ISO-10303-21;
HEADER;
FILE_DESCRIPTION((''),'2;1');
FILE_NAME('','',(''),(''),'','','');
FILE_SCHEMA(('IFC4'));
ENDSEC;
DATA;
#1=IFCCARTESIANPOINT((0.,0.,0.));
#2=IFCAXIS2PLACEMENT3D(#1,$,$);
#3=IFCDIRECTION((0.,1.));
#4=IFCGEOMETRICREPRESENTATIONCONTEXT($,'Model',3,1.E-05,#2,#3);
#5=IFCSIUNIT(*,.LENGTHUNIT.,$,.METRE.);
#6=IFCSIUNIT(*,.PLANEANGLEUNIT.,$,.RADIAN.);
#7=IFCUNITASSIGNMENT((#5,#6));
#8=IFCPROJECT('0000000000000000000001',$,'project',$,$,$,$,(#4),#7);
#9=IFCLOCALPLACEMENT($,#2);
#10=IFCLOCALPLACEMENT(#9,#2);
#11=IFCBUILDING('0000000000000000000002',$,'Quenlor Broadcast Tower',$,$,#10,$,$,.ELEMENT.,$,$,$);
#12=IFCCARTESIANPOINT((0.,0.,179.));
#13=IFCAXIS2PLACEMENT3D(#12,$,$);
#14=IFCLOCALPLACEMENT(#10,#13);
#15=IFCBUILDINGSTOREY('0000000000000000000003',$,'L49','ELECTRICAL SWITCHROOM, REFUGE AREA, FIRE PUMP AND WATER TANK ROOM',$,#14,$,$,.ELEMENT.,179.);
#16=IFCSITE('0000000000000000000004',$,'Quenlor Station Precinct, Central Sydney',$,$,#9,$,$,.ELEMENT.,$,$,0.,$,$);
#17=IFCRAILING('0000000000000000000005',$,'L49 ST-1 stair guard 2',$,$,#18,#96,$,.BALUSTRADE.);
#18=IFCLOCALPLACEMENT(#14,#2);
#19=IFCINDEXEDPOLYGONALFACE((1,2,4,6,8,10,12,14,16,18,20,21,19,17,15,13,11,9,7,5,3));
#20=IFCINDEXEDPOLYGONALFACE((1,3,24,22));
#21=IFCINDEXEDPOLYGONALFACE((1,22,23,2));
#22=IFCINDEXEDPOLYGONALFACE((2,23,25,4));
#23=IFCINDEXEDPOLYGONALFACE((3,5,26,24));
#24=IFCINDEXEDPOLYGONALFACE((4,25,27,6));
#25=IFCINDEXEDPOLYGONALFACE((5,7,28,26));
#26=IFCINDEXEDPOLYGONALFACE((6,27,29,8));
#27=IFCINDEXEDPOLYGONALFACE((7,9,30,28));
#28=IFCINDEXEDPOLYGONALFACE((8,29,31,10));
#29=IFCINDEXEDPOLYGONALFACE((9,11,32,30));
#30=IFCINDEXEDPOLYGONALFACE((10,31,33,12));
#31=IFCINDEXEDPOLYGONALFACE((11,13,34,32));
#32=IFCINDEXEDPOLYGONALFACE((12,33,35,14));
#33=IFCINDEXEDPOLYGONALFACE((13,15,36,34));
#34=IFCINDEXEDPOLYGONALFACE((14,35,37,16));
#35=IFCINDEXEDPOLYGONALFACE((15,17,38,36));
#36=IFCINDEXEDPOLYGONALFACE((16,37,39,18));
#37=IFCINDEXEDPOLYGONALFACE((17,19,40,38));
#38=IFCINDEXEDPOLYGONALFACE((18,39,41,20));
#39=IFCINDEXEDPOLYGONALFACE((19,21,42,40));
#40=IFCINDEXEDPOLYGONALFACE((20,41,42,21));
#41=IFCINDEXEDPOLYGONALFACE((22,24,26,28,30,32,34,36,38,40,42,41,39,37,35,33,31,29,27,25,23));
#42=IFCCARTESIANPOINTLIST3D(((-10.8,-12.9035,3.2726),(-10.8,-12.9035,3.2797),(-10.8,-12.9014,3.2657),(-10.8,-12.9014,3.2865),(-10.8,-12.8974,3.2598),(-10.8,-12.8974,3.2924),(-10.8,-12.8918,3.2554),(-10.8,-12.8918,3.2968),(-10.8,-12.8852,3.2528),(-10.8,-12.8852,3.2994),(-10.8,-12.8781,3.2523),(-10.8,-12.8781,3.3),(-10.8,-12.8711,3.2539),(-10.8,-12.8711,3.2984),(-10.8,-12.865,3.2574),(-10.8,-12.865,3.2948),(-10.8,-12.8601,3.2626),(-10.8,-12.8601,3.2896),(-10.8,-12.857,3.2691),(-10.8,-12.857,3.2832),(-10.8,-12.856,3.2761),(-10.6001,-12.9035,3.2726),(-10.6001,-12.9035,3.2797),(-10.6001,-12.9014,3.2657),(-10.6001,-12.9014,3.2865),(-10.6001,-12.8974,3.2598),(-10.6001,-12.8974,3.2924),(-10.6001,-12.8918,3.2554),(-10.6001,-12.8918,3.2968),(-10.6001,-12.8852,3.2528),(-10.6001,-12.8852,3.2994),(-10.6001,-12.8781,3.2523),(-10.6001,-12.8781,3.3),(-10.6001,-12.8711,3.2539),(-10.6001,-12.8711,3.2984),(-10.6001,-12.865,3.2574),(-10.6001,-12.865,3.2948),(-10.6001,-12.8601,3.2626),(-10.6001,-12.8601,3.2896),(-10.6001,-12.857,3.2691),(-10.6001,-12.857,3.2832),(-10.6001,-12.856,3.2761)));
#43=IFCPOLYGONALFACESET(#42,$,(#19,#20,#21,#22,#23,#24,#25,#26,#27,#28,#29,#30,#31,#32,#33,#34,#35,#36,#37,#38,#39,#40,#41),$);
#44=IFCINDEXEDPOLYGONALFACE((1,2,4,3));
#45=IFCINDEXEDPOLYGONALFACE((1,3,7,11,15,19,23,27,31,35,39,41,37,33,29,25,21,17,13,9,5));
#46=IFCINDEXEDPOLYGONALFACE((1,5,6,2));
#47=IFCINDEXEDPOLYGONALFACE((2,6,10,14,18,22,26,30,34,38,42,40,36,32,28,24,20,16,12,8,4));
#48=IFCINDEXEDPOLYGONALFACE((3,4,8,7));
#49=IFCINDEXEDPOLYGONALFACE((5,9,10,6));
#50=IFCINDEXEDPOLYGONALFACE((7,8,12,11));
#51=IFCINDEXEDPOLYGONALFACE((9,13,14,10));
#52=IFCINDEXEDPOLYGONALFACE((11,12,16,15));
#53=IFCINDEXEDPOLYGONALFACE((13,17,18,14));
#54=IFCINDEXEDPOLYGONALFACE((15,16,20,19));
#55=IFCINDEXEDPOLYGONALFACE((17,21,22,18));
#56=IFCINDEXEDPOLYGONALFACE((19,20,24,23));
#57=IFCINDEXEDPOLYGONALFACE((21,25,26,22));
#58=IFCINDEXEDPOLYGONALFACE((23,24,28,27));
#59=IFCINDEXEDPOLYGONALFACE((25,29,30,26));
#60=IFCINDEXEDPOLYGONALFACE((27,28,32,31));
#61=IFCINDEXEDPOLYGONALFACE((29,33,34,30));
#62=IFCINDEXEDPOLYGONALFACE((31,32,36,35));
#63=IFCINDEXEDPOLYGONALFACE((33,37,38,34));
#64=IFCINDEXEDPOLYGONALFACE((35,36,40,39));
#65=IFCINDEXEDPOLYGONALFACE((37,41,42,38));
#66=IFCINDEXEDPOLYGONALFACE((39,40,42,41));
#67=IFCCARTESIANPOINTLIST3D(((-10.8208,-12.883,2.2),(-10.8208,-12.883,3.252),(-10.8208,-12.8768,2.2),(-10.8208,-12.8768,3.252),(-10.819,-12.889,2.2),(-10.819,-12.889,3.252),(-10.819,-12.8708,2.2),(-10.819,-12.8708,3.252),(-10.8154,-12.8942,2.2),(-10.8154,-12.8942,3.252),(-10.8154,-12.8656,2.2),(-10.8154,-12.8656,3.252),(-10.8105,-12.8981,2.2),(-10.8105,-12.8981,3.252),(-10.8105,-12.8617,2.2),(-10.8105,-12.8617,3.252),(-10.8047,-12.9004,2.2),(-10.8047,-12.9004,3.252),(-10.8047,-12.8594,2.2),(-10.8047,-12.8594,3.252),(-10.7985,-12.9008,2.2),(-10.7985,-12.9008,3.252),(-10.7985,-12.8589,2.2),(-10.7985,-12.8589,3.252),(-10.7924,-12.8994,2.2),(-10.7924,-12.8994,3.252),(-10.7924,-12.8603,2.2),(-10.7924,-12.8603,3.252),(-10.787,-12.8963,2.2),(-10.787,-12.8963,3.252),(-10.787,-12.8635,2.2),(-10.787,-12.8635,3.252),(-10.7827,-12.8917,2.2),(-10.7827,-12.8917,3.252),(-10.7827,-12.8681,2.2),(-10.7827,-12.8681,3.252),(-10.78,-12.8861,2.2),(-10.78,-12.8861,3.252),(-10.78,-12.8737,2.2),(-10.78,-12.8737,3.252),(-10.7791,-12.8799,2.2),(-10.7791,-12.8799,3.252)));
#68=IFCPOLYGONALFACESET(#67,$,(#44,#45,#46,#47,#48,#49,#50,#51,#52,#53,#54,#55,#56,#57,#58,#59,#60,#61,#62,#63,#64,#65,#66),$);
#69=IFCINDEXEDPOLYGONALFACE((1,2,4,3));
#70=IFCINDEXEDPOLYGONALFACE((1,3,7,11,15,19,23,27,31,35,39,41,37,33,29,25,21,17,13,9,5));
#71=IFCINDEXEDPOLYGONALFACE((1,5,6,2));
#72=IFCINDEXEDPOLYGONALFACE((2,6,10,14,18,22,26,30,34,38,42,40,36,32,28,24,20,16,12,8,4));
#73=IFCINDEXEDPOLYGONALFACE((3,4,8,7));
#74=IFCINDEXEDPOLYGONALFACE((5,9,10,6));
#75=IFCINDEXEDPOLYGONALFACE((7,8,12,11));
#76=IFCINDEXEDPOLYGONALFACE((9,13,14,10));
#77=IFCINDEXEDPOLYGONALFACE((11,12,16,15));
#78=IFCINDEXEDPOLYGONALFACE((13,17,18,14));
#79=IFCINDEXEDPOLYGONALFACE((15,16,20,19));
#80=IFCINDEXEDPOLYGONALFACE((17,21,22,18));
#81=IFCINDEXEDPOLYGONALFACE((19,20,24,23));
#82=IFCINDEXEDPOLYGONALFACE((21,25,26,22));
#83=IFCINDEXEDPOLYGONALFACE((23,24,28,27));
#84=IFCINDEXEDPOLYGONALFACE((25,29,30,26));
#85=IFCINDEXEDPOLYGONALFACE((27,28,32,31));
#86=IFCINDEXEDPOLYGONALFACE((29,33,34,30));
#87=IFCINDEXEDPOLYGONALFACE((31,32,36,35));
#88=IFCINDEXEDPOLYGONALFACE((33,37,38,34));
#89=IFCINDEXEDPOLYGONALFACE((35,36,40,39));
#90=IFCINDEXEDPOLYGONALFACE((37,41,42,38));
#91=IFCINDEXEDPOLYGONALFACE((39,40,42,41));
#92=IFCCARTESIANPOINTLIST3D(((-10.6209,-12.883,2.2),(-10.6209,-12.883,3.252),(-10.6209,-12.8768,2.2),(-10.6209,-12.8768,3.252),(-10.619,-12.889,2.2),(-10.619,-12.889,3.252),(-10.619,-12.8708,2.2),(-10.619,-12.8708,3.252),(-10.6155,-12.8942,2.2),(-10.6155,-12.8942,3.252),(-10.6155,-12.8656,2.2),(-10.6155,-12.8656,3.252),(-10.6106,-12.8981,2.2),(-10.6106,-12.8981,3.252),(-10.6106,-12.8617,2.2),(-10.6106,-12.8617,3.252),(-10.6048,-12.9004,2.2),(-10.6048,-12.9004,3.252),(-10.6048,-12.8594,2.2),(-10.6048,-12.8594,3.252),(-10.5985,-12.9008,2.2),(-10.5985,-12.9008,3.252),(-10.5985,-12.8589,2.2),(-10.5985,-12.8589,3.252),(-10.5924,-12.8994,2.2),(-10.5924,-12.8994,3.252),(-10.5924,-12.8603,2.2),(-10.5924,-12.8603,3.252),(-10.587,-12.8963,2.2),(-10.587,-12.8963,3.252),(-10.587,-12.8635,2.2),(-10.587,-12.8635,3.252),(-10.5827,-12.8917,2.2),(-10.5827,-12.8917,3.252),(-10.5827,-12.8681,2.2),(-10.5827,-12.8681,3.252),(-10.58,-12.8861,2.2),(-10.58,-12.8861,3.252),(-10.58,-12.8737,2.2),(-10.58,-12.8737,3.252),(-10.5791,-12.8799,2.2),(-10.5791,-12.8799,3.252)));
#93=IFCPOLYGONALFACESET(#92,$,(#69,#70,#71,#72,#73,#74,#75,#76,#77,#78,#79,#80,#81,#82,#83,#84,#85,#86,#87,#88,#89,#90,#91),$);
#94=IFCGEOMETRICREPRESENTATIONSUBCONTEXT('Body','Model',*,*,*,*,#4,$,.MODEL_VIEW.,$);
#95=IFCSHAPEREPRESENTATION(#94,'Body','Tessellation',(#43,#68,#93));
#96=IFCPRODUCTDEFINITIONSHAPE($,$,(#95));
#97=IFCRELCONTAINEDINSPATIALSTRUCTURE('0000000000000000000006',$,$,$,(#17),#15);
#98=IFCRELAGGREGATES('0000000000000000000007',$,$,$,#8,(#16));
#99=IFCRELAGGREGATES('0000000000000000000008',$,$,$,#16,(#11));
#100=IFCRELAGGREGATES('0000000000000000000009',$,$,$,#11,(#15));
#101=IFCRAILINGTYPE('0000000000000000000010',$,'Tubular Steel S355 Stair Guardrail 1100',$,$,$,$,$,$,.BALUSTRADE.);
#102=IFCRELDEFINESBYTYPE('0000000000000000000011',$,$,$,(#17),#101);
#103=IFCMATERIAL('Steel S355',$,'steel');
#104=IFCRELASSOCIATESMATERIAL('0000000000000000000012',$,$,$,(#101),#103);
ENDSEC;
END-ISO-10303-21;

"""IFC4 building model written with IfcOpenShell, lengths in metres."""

from ifc_helpers import new_model, si_unit, direction, frame, origin, origin_2d, place, context, subcontext, project, spatial, circle, extrude, material, type_object, element, save


model = new_model("IFC4")

# Units and contexts
model_context = context("Model", 3, precision=1e-05, world=origin(), true_north=direction((0.0, 1.0)))
body_context = subcontext(model_context, "Body", "Model", "MODEL_VIEW")
ifc_project = project(units=[si_unit("LENGTHUNIT", "METRE"), si_unit("PLANEANGLEUNIT", "RADIAN")], contexts=[model_context])

# Site, building, storey
site_placement = place(None, origin())
site = spatial("IfcSite", under=ifc_project, at=site_placement, Name="Quenlor Station Precinct, Central Sydney", CompositionType="ELEMENT", RefElevation=0.0)
building_placement = place(site_placement, origin())
building = spatial("IfcBuilding", under=site, at=building_placement, Name="Quenlor Broadcast Tower", CompositionType="ELEMENT")
storey_placement = place(building_placement, frame((0.0, 0.0, 179.0)))
storey = spatial("IfcBuildingStorey", under=building, at=storey_placement, Name="L49", Description="ELECTRICAL SWITCHROOM, REFUGE AREA, FIRE PUMP AND WATER TANK ROOM", CompositionType="ELEMENT", Elevation=179.0)

# Railing
ifc_material_1 = material(Name="Steel S355", Category="steel")
railing_type_1 = type_object("IfcRailingType", Name="Tubular Steel S355 Stair Guardrail 1100", PredefinedType="BALUSTRADE", material=ifc_material_1)
railing_1_placement = place(storey_placement, frame((-10.8, -12.8799, 2.2)))
element("IfcRailing", 1, at=railing_1_placement, inside=storey, type_object=railing_type_1, Name="L49 ST-1 stair guard 2", PredefinedType="BALUSTRADE", context=body_context, shape_type="SweptSolid", body=[
    extrude(circle(Radius=0.0239, at=origin_2d()), frame((0.0, 0.0, 1.0762), z_axis=(1.0, 0.0, 0.0), x_axis=(0.0, 1.0, 0.0)), (0.0, 0.0, 1.0), 0.2),
    extrude(circle(Radius=0.021, at=origin_2d()), origin(), (0.0, 0.0, 1.0), 1.052),
    extrude(circle(Radius=0.021, at=origin_2d()), frame((0.2, 0.0, 0.0)), (0.0, 0.0, 1.0), 1.052),
])

save(model, "model.ifc")
